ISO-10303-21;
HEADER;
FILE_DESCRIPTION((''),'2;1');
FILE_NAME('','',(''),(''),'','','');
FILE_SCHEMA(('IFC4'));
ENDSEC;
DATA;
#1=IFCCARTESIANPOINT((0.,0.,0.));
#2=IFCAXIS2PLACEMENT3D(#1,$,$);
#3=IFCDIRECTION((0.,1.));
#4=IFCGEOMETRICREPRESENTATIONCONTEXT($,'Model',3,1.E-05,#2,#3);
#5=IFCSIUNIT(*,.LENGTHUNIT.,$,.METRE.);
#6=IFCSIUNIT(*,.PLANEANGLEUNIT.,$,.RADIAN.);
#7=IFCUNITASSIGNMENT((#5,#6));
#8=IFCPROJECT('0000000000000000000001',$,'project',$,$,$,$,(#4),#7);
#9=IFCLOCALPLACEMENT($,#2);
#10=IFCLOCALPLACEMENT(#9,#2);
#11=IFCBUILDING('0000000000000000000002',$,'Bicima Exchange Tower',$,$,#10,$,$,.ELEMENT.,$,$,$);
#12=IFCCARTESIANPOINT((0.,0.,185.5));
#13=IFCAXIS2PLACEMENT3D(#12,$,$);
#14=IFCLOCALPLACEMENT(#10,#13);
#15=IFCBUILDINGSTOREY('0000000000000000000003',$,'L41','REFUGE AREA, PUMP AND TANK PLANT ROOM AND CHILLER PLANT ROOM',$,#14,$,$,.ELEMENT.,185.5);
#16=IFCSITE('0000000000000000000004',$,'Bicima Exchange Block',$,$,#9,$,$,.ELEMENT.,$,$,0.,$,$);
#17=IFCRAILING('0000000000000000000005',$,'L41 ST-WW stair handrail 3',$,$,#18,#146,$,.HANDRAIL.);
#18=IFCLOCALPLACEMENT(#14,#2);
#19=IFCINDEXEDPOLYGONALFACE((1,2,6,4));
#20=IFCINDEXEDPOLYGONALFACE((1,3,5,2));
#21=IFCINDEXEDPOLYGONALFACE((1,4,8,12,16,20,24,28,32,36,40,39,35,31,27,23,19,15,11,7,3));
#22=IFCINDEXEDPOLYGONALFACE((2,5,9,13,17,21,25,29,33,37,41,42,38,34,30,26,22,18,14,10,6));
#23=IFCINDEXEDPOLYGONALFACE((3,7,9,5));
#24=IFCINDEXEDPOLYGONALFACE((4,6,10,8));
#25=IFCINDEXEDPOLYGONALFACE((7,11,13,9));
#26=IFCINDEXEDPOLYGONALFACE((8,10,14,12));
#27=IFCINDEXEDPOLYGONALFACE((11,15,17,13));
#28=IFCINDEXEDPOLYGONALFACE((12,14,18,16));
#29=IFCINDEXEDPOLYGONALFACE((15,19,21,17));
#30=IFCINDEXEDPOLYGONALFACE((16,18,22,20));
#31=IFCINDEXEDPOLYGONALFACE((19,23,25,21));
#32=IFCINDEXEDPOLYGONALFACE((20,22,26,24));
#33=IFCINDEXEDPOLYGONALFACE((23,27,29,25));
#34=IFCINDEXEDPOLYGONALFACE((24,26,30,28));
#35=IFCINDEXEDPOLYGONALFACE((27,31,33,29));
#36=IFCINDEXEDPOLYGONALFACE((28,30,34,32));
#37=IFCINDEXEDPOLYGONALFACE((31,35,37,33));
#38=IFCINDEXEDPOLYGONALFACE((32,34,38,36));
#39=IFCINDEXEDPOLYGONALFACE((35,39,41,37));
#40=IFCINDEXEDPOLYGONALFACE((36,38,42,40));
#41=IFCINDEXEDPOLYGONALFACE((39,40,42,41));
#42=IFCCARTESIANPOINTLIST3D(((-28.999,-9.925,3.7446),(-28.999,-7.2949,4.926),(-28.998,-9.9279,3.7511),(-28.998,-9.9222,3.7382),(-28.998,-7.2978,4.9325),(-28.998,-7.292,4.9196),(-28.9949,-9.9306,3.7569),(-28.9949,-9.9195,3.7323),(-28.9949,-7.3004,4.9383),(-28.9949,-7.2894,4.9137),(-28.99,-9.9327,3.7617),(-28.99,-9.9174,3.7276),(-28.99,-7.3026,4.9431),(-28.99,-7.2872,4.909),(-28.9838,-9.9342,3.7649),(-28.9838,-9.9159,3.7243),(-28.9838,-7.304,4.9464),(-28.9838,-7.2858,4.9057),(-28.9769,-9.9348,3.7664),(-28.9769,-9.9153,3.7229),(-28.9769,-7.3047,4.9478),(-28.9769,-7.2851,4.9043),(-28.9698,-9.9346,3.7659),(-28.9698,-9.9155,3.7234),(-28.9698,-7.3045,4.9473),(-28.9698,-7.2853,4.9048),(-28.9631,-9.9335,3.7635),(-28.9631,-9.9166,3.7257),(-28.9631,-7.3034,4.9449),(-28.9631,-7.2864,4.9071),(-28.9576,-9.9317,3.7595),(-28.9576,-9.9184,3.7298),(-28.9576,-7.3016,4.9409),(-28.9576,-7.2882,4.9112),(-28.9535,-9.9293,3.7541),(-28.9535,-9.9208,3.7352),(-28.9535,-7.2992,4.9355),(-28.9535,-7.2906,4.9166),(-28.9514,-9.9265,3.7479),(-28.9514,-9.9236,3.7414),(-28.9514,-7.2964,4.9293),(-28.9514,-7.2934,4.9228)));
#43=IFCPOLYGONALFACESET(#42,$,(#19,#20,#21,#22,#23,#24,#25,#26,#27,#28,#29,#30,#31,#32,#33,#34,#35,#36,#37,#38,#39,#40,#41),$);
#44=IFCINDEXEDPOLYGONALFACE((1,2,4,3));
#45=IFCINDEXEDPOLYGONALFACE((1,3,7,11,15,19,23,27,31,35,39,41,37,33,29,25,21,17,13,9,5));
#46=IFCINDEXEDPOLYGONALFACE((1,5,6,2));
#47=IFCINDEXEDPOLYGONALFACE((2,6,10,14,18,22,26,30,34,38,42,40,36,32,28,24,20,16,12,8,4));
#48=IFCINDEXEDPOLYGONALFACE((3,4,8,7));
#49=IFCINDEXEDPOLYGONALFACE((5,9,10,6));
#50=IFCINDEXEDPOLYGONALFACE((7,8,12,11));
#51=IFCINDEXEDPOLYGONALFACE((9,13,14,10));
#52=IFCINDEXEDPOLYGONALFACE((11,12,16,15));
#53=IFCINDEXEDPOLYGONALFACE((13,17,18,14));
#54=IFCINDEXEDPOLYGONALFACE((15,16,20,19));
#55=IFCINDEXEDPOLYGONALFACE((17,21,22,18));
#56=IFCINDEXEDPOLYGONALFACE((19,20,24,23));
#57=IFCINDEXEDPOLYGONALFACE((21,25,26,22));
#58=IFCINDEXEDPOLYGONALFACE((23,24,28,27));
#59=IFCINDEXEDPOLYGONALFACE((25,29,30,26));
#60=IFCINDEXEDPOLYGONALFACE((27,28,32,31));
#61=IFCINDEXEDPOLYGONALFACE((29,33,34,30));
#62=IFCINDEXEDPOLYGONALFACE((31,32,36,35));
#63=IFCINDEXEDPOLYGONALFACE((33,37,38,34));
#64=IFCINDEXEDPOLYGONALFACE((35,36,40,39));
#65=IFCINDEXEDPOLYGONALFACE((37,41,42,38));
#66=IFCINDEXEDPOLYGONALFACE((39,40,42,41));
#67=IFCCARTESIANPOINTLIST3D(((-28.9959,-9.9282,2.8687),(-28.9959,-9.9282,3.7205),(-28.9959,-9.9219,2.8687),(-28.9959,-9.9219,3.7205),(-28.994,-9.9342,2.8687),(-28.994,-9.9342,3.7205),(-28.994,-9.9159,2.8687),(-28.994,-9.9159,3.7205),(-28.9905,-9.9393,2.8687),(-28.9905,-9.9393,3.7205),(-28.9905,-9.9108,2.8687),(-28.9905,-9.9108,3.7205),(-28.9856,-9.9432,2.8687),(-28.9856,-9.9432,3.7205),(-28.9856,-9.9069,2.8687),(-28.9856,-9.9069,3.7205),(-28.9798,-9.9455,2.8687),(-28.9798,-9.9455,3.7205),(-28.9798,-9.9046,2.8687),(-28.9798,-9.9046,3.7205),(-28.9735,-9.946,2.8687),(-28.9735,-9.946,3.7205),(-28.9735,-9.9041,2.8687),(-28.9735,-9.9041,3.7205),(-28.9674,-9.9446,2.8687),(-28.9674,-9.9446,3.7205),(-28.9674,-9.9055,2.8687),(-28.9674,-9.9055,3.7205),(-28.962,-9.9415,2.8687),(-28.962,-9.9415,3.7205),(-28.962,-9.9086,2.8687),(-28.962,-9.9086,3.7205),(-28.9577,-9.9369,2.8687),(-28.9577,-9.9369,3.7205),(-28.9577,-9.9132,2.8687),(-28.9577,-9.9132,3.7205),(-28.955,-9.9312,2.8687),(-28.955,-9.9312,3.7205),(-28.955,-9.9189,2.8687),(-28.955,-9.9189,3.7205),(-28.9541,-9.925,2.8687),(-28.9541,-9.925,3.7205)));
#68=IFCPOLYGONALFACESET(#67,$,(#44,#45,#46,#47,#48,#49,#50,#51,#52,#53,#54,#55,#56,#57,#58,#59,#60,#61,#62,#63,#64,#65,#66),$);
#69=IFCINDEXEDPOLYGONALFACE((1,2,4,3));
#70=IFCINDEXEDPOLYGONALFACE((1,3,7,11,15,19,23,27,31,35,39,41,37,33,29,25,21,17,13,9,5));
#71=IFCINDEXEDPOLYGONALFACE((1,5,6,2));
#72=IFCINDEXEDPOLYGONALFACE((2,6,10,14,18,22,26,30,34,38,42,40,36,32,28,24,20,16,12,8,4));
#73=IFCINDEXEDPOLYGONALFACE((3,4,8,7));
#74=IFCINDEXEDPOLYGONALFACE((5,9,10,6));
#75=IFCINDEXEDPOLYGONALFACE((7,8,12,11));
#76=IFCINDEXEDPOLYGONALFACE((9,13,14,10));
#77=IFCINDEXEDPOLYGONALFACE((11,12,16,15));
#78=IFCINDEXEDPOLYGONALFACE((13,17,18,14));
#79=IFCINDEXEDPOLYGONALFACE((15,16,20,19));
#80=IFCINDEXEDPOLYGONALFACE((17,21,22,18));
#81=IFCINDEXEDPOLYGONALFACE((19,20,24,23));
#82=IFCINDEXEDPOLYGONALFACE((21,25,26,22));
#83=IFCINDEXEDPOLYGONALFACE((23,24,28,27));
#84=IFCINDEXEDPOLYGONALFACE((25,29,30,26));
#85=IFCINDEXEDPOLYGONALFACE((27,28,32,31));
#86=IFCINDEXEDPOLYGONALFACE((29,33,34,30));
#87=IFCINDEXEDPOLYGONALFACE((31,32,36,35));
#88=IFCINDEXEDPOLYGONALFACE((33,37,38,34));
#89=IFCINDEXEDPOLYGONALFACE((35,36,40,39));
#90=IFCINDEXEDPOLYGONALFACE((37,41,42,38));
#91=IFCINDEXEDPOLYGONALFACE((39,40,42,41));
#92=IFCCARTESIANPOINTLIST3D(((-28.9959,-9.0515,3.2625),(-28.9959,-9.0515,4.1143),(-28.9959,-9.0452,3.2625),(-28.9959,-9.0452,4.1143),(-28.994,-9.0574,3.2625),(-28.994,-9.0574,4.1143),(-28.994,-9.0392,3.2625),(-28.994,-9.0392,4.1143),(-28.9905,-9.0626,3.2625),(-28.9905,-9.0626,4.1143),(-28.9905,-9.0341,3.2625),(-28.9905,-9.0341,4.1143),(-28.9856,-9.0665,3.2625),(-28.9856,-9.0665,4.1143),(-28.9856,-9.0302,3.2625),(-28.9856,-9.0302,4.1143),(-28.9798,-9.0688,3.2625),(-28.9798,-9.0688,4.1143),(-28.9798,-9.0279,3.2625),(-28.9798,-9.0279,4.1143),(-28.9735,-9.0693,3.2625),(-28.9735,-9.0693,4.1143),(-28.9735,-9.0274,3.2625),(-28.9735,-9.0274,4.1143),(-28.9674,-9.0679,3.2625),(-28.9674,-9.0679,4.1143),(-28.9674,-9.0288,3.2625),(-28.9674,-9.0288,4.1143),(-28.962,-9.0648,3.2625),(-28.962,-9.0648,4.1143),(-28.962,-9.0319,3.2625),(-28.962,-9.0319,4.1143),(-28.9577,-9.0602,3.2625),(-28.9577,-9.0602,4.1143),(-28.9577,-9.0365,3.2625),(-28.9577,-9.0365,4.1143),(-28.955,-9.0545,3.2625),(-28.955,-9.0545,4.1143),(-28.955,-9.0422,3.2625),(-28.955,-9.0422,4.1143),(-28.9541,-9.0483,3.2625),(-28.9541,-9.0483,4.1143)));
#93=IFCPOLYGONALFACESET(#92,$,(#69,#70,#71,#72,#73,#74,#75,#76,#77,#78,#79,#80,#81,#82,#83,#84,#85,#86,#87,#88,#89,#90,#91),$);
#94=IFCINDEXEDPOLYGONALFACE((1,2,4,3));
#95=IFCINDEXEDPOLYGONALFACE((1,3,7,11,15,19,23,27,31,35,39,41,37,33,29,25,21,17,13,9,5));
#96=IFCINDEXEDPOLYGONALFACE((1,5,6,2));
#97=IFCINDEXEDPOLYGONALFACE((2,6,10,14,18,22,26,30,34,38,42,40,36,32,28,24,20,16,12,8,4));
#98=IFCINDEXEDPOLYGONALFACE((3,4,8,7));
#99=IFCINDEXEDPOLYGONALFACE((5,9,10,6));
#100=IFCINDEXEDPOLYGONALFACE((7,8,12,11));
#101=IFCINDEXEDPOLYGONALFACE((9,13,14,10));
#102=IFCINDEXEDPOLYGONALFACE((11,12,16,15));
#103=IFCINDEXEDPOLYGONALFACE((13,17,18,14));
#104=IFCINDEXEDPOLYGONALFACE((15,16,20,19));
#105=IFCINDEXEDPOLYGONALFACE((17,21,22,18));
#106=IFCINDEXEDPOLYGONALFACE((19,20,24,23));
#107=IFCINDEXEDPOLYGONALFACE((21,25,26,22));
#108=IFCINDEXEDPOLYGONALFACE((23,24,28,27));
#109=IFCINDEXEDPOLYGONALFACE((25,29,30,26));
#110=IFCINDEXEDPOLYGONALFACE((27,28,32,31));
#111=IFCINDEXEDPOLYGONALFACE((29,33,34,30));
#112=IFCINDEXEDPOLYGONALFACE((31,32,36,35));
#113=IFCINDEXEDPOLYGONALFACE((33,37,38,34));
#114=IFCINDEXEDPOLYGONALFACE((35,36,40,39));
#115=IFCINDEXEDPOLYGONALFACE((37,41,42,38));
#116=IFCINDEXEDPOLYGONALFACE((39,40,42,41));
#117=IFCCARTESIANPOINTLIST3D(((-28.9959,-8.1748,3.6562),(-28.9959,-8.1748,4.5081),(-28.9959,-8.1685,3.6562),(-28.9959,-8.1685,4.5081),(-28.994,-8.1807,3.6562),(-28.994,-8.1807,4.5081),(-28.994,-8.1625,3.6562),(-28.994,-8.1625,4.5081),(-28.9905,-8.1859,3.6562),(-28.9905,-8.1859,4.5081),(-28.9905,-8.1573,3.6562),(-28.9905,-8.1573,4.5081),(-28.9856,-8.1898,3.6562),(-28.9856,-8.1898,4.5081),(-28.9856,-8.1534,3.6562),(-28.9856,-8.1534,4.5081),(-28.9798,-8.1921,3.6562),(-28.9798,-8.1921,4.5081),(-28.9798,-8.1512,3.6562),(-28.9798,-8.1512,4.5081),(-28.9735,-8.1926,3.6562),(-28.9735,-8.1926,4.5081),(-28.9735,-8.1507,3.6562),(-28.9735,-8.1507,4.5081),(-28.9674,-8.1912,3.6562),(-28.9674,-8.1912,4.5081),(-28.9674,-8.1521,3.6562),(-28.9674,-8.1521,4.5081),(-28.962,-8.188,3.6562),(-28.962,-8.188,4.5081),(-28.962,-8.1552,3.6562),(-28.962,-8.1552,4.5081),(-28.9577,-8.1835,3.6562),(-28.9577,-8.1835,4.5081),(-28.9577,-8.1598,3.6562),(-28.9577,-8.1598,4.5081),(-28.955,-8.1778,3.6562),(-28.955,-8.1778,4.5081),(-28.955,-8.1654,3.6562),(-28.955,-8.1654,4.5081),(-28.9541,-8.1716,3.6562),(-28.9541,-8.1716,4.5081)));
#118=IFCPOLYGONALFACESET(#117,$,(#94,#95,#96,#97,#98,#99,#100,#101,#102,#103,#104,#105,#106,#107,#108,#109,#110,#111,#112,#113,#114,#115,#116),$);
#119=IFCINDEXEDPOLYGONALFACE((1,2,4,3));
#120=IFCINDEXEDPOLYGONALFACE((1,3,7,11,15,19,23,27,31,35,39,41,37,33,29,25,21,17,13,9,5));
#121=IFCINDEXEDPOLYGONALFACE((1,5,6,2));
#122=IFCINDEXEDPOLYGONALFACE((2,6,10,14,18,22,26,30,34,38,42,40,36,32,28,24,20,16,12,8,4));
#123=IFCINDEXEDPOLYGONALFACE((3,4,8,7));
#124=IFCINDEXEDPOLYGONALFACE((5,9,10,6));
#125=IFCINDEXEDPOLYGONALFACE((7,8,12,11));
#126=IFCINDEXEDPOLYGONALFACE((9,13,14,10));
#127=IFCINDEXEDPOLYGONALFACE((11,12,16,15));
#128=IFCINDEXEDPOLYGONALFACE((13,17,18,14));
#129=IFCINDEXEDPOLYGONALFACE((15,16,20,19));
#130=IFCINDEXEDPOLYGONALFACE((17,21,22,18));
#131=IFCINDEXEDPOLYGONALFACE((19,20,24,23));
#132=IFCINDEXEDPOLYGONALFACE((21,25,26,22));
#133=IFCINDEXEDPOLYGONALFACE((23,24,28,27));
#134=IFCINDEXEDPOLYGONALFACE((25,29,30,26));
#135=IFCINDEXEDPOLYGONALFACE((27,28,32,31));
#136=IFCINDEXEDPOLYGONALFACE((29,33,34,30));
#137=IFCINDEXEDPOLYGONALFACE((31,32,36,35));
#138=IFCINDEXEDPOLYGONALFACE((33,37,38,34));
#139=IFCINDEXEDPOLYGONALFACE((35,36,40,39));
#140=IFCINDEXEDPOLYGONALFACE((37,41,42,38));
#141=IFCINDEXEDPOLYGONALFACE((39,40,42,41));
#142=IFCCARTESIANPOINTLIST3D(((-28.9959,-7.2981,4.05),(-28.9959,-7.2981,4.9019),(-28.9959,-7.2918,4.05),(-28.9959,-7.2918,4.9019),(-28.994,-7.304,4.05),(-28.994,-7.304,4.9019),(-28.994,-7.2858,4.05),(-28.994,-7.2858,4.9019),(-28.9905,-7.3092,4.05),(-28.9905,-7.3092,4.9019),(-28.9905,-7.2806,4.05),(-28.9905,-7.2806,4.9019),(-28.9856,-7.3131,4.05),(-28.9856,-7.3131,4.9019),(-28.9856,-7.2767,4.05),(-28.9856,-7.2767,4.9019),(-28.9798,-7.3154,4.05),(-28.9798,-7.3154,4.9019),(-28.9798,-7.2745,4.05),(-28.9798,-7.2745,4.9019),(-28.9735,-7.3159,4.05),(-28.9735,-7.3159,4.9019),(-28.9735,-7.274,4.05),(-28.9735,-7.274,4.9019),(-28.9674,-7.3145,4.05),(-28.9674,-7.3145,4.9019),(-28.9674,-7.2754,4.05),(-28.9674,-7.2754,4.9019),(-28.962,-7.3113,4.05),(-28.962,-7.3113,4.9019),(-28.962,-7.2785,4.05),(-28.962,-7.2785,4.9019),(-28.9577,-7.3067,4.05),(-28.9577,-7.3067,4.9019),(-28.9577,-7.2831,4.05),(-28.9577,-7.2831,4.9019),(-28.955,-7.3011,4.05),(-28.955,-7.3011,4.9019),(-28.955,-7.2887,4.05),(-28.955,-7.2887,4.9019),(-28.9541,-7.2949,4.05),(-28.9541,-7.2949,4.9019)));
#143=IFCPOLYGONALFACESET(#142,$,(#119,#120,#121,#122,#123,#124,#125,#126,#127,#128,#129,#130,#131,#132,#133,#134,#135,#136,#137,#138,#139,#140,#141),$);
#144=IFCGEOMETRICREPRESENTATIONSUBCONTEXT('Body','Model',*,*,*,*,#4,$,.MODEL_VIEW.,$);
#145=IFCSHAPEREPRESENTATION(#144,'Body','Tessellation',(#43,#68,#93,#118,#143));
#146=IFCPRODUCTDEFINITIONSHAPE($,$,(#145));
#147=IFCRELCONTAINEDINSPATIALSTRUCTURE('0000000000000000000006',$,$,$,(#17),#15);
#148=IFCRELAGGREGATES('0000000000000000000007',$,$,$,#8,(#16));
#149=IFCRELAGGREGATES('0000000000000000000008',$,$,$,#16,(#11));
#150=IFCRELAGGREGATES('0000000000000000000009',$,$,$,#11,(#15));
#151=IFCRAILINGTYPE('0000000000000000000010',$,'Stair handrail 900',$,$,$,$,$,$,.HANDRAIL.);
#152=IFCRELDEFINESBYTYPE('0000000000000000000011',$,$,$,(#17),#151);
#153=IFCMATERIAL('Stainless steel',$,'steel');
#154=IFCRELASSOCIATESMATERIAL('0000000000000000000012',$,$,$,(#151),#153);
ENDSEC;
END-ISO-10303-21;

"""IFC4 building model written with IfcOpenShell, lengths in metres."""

from ifc_helpers import new_model, si_unit, direction, frame, origin, origin_2d, place, context, subcontext, project, spatial, circle, extrude, material, type_object, element, save


model = new_model("IFC4")

# Units and contexts
model_context = context("Model", 3, precision=1e-05, world=origin(), true_north=direction((0.0, 1.0)))
body_context = subcontext(model_context, "Body", "Model", "MODEL_VIEW")
ifc_project = project(units=[si_unit("LENGTHUNIT", "METRE"), si_unit("PLANEANGLEUNIT", "RADIAN")], contexts=[model_context])

# Site, building, storey
site_placement = place(None, origin())
site = spatial("IfcSite", under=ifc_project, at=site_placement, Name="Bicima Exchange Block", CompositionType="ELEMENT", RefElevation=0.0)
building_placement = place(site_placement, origin())
building = spatial("IfcBuilding", under=site, at=building_placement, Name="Bicima Exchange Tower", CompositionType="ELEMENT")
storey_placement = place(building_placement, frame((0.0, 0.0, 185.5)))
storey = spatial("IfcBuildingStorey", under=building, at=storey_placement, Name="L41", Description="REFUGE AREA, PUMP AND TANK PLANT ROOM AND CHILLER PLANT ROOM", CompositionType="ELEMENT", Elevation=185.5)

# Railing
ifc_material_1 = material(Name="Stainless steel", Category="steel")
railing_type_1 = type_object("IfcRailingType", Name="Stair handrail 900", PredefinedType="HANDRAIL", material=ifc_material_1)
railing_1_placement = place(storey_placement, frame((-28.9751, -9.925, 2.8687)))
element("IfcRailing", 1, at=railing_1_placement, inside=storey, type_object=railing_type_1, Name="L41 ST-WW stair handrail 3", PredefinedType="HANDRAIL", context=body_context, shape_type="SweptSolid", body=[
    extrude(circle(Radius=0.0239, at=origin_2d()), frame((0.0, 0.0, 0.876), z_axis=(0.0, 0.912202, 0.409741), x_axis=(-1.0, 0.0, 0.0)), (0.0, 0.0, 1.0), 2.8833),
    extrude(circle(Radius=0.021, at=origin_2d()), origin(), (0.0, 0.0, 1.0), 0.8518),
    extrude(circle(Radius=0.021, at=origin_2d()), frame((0.0, 0.8767, 0.3938)), (0.0, 0.0, 1.0), 0.8518),
    extrude(circle(Radius=0.021, at=origin_2d()), frame((0.0, 1.7534, 0.7876)), (0.0, 0.0, 1.0), 0.8518),
    extrude(circle(Radius=0.021, at=origin_2d()), frame((0.0, 2.6301, 1.1814)), (0.0, 0.0, 1.0), 0.8518),
])

save(model, "model.ifc")
